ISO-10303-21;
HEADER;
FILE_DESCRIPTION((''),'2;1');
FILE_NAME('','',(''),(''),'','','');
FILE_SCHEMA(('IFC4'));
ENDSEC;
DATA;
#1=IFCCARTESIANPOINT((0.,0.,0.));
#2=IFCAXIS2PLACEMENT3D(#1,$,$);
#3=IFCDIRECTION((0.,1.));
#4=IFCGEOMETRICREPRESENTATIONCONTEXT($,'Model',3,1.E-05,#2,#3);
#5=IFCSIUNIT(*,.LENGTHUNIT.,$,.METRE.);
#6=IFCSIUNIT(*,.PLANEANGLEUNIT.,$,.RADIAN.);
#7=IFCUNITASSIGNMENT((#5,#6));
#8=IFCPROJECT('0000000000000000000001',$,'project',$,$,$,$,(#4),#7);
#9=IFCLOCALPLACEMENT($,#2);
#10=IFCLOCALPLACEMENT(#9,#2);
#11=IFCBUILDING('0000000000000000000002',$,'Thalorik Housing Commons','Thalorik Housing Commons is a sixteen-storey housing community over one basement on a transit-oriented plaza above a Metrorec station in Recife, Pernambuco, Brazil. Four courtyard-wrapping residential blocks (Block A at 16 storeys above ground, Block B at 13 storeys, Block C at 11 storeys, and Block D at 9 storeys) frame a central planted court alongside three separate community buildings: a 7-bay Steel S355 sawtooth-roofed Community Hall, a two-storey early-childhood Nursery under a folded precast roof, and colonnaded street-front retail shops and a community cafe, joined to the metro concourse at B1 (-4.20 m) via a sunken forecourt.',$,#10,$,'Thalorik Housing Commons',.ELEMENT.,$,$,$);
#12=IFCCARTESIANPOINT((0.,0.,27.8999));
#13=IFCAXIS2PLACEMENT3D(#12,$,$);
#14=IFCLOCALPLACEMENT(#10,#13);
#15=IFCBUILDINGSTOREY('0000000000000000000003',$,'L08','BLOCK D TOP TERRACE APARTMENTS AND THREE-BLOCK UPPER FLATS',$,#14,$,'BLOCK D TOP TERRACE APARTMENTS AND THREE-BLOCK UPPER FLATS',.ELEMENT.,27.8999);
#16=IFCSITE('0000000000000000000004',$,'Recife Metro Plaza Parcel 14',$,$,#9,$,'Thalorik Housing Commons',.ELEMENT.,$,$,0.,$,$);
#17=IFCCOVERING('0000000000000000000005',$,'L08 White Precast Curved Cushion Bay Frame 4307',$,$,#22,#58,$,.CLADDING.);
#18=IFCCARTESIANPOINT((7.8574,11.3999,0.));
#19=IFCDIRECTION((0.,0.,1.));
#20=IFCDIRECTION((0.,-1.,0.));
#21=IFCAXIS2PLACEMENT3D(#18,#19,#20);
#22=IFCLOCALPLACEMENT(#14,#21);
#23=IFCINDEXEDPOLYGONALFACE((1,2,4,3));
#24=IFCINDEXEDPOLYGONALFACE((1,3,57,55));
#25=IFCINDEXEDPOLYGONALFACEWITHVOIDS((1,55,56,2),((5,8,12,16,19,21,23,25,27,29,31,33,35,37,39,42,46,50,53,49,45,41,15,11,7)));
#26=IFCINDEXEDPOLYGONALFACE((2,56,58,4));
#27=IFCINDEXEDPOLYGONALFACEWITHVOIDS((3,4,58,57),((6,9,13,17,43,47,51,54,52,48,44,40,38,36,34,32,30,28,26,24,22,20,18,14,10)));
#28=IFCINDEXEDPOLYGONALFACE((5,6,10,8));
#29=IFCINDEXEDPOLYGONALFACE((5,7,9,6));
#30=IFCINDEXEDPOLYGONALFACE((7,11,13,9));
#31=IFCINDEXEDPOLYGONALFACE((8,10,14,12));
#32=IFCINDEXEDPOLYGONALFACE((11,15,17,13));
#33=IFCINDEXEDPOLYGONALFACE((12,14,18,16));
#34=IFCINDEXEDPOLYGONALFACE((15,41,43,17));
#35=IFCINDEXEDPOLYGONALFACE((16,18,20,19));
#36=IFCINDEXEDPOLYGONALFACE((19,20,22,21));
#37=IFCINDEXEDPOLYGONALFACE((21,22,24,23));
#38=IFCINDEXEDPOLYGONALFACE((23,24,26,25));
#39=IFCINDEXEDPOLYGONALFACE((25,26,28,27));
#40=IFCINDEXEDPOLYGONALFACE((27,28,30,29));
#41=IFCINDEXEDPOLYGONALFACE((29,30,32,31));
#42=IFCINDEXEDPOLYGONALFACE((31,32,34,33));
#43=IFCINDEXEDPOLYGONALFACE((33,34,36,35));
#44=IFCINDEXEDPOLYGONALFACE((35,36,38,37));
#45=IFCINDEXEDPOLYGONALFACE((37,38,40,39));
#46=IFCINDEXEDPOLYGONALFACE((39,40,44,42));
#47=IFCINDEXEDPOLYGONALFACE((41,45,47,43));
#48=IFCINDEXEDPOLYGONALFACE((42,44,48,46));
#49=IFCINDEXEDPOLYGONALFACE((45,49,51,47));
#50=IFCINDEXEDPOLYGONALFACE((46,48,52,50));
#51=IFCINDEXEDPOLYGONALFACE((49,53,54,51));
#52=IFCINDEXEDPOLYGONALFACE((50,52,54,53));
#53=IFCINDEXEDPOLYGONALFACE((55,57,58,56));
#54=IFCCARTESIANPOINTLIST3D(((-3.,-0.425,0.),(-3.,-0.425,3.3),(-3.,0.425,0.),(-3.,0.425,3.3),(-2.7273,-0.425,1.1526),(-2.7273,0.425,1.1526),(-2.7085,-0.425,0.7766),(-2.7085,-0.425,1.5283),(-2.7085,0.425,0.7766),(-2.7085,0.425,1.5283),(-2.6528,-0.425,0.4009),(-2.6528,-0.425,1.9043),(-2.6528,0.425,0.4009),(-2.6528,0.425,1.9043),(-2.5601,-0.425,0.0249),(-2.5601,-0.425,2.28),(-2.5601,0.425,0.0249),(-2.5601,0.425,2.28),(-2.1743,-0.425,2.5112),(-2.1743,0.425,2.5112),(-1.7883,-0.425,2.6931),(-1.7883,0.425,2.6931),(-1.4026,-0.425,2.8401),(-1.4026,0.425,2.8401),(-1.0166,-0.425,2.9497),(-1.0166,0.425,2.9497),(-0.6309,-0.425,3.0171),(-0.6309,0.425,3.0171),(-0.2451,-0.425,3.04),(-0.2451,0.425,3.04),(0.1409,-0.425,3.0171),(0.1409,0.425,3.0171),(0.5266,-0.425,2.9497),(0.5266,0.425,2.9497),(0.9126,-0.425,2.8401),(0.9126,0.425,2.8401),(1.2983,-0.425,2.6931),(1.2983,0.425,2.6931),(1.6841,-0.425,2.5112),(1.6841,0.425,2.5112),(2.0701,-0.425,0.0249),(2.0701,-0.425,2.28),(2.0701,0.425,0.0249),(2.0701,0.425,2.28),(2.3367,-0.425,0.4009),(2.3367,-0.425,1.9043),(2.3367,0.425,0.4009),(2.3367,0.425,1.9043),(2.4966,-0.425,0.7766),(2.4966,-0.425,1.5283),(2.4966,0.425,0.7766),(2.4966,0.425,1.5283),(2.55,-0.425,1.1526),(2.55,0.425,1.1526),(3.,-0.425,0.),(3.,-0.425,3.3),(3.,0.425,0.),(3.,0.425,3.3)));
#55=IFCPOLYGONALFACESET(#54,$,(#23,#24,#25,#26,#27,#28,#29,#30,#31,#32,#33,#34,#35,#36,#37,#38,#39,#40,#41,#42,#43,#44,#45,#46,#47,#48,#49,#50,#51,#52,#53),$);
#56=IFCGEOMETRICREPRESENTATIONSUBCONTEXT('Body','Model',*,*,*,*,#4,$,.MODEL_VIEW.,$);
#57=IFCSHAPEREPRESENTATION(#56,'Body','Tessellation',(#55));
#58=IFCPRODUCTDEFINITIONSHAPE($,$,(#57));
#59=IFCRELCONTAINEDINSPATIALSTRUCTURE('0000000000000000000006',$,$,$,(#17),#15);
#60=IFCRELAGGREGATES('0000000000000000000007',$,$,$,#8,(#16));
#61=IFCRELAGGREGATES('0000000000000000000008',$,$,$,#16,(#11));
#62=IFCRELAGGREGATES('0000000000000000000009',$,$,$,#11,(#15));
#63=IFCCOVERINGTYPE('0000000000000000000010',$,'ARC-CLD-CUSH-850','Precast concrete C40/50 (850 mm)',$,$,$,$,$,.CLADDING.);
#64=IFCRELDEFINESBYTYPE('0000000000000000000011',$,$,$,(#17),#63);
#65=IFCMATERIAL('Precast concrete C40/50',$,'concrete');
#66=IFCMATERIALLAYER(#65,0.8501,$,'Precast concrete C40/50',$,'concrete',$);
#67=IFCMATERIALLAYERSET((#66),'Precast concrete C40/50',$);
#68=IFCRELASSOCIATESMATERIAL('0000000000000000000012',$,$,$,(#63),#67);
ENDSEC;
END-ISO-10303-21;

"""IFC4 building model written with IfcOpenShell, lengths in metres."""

from ifc_helpers import new_model, si_unit, direction, frame, origin, place, context, subcontext, project, spatial, polyline, outline, extrude, material, layer, layer_set, type_object, element, save


model = new_model("IFC4")

# Units and contexts
model_context = context("Model", 3, precision=1e-05, world=origin(), true_north=direction((0.0, 1.0)))
body_context = subcontext(model_context, "Body", "Model", "MODEL_VIEW")
ifc_project = project(units=[si_unit("LENGTHUNIT", "METRE"), si_unit("PLANEANGLEUNIT", "RADIAN")], contexts=[model_context])

# Site, building, storey
site_placement = place(None, origin())
site = spatial("IfcSite", under=ifc_project, at=site_placement, Name="Recife Metro Plaza Parcel 14", LongName="Thalorik Housing Commons", CompositionType="ELEMENT", RefElevation=0.0)
building_placement = place(site_placement, origin())
building = spatial("IfcBuilding", under=site, at=building_placement, Name="Thalorik Housing Commons", Description="Thalorik Housing Commons is a sixteen-storey housing community over one basement on a transit-oriented plaza above a Metrorec station in Recife, Pernambuco, Brazil. Four courtyard-wrapping residential blocks (Block A at 16 storeys above ground, Block B at 13 storeys, Block C at 11 storeys, and Block D at 9 storeys) frame a central planted court alongside three separate community buildings: a 7-bay Steel S355 sawtooth-roofed Community Hall, a two-storey early-childhood Nursery under a folded precast roof, and colonnaded street-front retail shops and a community cafe, joined to the metro concourse at B1 (-4.20 m) via a sunken forecourt.", LongName="Thalorik Housing Commons", CompositionType="ELEMENT")
storey_placement = place(building_placement, frame((0.0, 0.0, 27.8999)))
storey = spatial("IfcBuildingStorey", under=building, at=storey_placement, Name="L08", Description="BLOCK D TOP TERRACE APARTMENTS AND THREE-BLOCK UPPER FLATS", LongName="BLOCK D TOP TERRACE APARTMENTS AND THREE-BLOCK UPPER FLATS", CompositionType="ELEMENT", Elevation=27.8999)

# Shared definitions
ifc_material_1 = material(Name="Precast concrete C40/50", Category="concrete")

# Covering
ifc_layer_1 = layer(ifc_material_1, 0.8501, Name="Precast concrete C40/50", Category="concrete")
ifc_layer_set_1 = layer_set([ifc_layer_1], Name="Precast concrete C40/50")
covering_type_1 = type_object("IfcCoveringType", Name="ARC-CLD-CUSH-850", Description="Precast concrete C40/50 (850 mm)", PredefinedType="CLADDING", material=ifc_layer_set_1)
covering_1_placement = place(storey_placement, frame((7.8574, 11.3999, 0.0), z_axis=(0.0, 0.0, 1.0), x_axis=(0.0, -1.0, 0.0)))
element("IfcCovering", 1, at=covering_1_placement, inside=storey, type_object=covering_type_1, Name="L08 White Precast Curved Cushion Bay Frame 4307", PredefinedType="CLADDING", context=body_context, shape_type="SweptSolid", body=[
    extrude(outline(polyline([(-3.0, 0.0), (3.0, 0.0), (3.0, 3.3), (-3.0, 3.3), (-3.0, 0.0)]), holes=[polyline([(2.0701, 0.0249), (2.3367, 0.4009), (2.4966, 0.7766), (2.55, 1.1526), (2.4966, 1.5283), (2.3367, 1.9043), (2.0701, 2.28), (1.6841, 2.5112), (1.2983, 2.6931), (0.9126, 2.8401), (0.5266, 2.9497), (0.1409, 3.0171), (-0.2451, 3.04), (-0.6309, 3.0171), (-1.0166, 2.9497), (-1.4026, 2.8401), (-1.7883, 2.6931), (-2.1743, 2.5112), (-2.5601, 2.28), (-2.6528, 1.9043), (-2.7085, 1.5283), (-2.7273, 1.1526), (-2.7085, 0.7766), (-2.6528, 0.4009), (-2.5601, 0.0249), (2.0701, 0.0249)])]), frame((0.0, 0.425, 0.0), z_axis=(0.0, -1.0, 0.0), x_axis=(1.0, 0.0, 0.0)), (0.0, 0.0, 1.0), 0.8501),
])

save(model, "model.ifc")
